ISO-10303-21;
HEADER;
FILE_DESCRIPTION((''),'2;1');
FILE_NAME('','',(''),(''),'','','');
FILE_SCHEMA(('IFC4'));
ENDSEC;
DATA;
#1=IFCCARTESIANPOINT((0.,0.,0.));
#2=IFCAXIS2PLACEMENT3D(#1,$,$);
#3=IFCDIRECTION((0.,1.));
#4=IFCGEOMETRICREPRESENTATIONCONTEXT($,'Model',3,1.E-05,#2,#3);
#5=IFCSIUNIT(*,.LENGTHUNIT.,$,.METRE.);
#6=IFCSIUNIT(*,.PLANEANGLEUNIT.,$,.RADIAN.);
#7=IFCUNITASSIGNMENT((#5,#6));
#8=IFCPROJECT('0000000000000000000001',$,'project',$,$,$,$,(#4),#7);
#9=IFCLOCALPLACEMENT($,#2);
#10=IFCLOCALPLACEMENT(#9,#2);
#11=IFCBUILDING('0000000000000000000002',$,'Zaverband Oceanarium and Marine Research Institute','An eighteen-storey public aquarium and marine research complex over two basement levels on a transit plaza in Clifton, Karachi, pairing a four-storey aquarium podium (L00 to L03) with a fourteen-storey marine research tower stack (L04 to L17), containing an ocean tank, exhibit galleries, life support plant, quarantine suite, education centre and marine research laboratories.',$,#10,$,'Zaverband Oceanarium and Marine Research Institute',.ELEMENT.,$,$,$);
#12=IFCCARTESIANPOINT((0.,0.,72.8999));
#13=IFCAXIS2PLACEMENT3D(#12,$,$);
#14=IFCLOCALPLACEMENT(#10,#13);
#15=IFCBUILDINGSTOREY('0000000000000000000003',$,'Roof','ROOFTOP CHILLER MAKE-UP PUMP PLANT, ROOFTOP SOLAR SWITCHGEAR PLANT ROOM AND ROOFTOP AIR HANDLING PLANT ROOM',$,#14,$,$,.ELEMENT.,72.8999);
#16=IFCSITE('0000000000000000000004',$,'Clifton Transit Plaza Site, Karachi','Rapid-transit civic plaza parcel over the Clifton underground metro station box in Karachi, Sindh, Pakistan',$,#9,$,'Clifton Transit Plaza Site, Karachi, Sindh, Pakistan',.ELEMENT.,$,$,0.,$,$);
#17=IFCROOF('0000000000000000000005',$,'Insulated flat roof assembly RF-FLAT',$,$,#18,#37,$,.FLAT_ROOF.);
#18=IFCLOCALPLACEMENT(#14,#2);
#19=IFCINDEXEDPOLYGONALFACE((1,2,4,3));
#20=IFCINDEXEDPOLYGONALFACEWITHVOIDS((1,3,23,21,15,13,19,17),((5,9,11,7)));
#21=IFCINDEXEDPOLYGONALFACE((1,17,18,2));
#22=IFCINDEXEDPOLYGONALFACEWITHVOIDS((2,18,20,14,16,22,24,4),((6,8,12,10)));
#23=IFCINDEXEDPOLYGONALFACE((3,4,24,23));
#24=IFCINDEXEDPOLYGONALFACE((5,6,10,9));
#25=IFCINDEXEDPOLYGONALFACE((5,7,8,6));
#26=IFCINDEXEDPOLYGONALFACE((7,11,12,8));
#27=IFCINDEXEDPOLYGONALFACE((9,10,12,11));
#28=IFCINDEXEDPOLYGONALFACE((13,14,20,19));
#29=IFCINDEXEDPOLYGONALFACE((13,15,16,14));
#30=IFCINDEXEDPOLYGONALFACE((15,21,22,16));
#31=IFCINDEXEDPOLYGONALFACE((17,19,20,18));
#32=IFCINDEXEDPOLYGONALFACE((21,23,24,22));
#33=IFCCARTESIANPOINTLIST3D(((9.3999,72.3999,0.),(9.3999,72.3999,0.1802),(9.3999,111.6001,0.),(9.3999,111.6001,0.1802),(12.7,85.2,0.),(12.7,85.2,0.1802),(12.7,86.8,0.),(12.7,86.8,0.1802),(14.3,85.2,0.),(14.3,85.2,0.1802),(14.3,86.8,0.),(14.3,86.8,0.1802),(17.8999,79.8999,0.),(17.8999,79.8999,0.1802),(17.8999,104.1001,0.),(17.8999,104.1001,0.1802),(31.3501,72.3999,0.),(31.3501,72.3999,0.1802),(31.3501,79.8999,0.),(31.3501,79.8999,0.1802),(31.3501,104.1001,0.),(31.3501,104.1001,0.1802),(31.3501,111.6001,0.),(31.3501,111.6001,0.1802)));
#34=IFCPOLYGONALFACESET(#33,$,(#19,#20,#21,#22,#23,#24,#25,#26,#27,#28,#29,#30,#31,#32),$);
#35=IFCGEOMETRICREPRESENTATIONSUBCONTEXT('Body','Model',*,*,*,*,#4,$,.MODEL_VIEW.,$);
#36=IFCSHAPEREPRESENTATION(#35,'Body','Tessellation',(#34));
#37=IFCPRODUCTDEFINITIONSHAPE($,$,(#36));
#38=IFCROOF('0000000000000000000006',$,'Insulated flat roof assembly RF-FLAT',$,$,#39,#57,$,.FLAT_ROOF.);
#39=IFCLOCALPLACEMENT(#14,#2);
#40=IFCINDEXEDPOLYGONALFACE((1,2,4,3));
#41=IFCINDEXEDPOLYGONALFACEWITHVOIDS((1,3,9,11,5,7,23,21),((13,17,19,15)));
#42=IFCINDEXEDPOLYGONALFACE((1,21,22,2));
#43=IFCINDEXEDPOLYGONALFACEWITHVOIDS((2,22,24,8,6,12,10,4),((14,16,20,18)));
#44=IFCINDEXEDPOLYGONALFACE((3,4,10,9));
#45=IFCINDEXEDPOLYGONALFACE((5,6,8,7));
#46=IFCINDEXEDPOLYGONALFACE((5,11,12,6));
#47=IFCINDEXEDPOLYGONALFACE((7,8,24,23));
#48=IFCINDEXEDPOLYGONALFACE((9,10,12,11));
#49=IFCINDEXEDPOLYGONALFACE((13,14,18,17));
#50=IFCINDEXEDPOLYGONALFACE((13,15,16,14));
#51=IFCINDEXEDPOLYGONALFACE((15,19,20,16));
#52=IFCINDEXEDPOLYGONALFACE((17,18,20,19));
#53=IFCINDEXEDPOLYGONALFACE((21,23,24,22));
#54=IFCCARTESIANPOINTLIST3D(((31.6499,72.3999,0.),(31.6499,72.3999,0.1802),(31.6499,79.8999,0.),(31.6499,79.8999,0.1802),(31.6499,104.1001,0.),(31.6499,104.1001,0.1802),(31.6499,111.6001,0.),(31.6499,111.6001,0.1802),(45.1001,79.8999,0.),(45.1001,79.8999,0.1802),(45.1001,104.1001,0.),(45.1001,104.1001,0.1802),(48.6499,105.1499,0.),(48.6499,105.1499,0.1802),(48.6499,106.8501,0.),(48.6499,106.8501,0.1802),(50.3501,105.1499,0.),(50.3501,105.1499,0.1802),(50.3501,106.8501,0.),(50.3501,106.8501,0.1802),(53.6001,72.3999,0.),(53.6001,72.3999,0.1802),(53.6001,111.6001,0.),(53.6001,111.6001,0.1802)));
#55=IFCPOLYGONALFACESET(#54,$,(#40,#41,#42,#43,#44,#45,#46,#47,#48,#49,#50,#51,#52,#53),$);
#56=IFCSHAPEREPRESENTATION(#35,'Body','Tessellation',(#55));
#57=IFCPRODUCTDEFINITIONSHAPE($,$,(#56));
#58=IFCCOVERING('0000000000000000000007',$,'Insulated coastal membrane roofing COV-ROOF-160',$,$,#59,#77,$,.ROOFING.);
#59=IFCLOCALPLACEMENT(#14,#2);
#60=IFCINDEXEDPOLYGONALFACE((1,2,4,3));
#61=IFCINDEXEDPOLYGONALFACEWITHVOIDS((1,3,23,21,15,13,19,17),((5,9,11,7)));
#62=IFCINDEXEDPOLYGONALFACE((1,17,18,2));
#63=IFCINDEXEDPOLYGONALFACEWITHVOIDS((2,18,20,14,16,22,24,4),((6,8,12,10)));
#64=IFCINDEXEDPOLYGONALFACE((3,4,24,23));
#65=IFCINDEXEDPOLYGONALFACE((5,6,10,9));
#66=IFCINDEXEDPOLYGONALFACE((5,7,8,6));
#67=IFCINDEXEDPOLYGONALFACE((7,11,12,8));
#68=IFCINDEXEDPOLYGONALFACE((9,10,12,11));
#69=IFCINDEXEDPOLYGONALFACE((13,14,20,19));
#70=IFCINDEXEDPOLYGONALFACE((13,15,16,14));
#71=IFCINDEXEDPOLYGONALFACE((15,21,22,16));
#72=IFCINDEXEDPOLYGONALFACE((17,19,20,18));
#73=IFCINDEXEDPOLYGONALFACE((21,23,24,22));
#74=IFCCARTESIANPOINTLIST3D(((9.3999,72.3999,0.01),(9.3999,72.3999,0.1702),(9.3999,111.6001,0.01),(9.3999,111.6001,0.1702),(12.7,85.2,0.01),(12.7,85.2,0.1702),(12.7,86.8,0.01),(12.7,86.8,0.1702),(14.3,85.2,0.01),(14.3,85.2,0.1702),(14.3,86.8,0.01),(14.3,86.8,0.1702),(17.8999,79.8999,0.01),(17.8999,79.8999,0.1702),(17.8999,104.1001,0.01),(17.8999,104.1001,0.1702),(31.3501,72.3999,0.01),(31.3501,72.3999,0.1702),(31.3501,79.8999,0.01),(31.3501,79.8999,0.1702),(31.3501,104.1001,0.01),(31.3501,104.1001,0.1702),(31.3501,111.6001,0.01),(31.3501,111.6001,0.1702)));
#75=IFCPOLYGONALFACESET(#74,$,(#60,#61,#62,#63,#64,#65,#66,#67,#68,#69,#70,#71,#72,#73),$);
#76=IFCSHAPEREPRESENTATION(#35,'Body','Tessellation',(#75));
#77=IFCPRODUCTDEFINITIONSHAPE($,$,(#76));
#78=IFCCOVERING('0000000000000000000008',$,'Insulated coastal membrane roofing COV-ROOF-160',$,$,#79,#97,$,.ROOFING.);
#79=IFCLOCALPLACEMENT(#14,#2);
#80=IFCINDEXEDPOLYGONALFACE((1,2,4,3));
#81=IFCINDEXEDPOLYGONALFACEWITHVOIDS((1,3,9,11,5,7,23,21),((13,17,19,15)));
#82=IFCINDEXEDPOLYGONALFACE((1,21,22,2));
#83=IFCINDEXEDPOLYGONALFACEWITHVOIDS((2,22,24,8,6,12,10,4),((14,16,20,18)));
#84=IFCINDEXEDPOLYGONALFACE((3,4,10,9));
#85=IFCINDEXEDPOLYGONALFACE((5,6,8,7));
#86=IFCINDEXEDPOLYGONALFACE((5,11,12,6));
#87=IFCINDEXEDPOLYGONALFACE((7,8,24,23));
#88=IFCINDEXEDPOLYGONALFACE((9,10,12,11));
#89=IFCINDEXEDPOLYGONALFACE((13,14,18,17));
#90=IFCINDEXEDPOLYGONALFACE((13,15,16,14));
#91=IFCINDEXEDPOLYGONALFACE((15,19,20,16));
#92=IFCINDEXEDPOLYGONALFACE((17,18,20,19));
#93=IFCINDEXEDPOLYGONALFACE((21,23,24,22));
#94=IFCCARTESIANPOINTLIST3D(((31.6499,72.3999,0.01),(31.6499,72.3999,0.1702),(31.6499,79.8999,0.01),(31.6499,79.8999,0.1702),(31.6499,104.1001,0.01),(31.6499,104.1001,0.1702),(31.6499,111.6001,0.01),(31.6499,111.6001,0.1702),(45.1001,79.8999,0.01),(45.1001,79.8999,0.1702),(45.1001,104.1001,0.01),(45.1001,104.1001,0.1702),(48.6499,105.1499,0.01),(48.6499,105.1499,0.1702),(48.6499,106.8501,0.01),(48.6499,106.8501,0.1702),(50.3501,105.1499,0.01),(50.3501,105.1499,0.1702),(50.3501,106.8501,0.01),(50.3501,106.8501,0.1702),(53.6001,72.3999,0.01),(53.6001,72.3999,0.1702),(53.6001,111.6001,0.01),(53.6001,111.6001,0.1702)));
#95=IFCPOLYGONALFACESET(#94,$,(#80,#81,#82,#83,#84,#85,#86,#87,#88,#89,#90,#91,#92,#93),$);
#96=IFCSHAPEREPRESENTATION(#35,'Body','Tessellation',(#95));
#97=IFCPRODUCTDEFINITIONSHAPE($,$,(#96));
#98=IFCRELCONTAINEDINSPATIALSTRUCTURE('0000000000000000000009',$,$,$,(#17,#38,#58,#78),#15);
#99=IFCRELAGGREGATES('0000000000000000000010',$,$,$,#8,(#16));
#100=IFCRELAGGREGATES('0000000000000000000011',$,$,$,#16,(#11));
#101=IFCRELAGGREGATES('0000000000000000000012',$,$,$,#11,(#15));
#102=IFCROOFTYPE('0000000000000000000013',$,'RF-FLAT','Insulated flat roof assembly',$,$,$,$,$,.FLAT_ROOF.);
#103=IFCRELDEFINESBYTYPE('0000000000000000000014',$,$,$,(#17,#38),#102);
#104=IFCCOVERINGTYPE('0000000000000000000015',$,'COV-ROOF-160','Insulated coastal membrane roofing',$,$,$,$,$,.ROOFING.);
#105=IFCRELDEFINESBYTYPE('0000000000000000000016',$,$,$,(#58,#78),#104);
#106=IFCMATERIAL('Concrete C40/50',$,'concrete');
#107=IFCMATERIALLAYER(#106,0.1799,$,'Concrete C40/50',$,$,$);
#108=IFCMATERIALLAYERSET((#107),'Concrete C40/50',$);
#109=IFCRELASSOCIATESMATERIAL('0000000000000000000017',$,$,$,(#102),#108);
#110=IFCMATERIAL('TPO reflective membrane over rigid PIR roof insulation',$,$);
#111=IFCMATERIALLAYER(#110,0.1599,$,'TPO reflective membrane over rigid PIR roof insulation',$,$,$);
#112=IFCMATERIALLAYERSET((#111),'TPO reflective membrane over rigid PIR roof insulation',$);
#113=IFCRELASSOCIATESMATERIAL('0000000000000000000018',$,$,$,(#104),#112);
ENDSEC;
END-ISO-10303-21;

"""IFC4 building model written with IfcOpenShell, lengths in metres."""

from ifc_helpers import new_model, si_unit, direction, frame, origin, place, context, subcontext, project, spatial, polyline, outline, extrude, material, layer, layer_set, type_object, element, save


model = new_model("IFC4")

# Units and contexts
model_context = context("Model", 3, precision=1e-05, world=origin(), true_north=direction((0.0, 1.0)))
body_context = subcontext(model_context, "Body", "Model", "MODEL_VIEW")
ifc_project = project(units=[si_unit("LENGTHUNIT", "METRE"), si_unit("PLANEANGLEUNIT", "RADIAN")], contexts=[model_context])

# Site, building, storey
site_placement = place(None, origin())
site = spatial("IfcSite", under=ifc_project, at=site_placement, Name="Clifton Transit Plaza Site, Karachi", Description="Rapid-transit civic plaza parcel over the Clifton underground metro station box in Karachi, Sindh, Pakistan", LongName="Clifton Transit Plaza Site, Karachi, Sindh, Pakistan", CompositionType="ELEMENT", RefElevation=0.0)
building_placement = place(site_placement, origin())
building = spatial("IfcBuilding", under=site, at=building_placement, Name="Zaverband Oceanarium and Marine Research Institute", Description="An eighteen-storey public aquarium and marine research complex over two basement levels on a transit plaza in Clifton, Karachi, pairing a four-storey aquarium podium (L00 to L03) with a fourteen-storey marine research tower stack (L04 to L17), containing an ocean tank, exhibit galleries, life support plant, quarantine suite, education centre and marine research laboratories.", LongName="Zaverband Oceanarium and Marine Research Institute", CompositionType="ELEMENT")
storey_placement = place(building_placement, frame((0.0, 0.0, 72.8999)))
storey = spatial("IfcBuildingStorey", under=building, at=storey_placement, Name="Roof", Description="ROOFTOP CHILLER MAKE-UP PUMP PLANT, ROOFTOP SOLAR SWITCHGEAR PLANT ROOM AND ROOFTOP AIR HANDLING PLANT ROOM", CompositionType="ELEMENT", Elevation=72.8999)

# Shared definitions
ifc_material_1 = material(Name="Concrete C40/50", Category="concrete")

# Roofs
ifc_layer_1 = layer(ifc_material_1, 0.1799, Name="Concrete C40/50")
ifc_layer_set_1 = layer_set([ifc_layer_1], Name="Concrete C40/50")
roof_type = type_object("IfcRoofType", Name="RF-FLAT", Description="Insulated flat roof assembly", PredefinedType="FLAT_ROOF", material=ifc_layer_set_1)
roof_1_placement = place(storey_placement, origin())
element("IfcRoof", 1, at=roof_1_placement, inside=storey, type_object=roof_type, Name="Insulated flat roof assembly RF-FLAT", PredefinedType="FLAT_ROOF", context=body_context, shape_type="SweptSolid", body=[
    extrude(outline(polyline([(31.3501, 72.3999), (9.3999, 72.3999), (9.3999, 111.6001), (31.3501, 111.6001), (31.3501, 104.1001), (17.8999, 104.1001), (17.8999, 79.8999), (31.3501, 79.8999), (31.3501, 72.3999)]), holes=[polyline([(12.7, 85.2), (14.3, 85.2), (14.3, 86.8), (12.7, 86.8), (12.7, 85.2)])]), origin(), (0.0, 0.0, 1.0), 0.1802),
])
roof_2_placement = place(storey_placement, origin())
element("IfcRoof", 2, at=roof_2_placement, inside=storey, type_object=roof_type, Name="Insulated flat roof assembly RF-FLAT", PredefinedType="FLAT_ROOF", context=body_context, shape_type="SweptSolid", body=[
    extrude(outline(polyline([(31.6499, 111.6001), (53.6001, 111.6001), (53.6001, 72.3999), (31.6499, 72.3999), (31.6499, 79.8999), (45.1001, 79.8999), (45.1001, 104.1001), (31.6499, 104.1001), (31.6499, 111.6001)]), holes=[polyline([(48.6499, 106.8501), (48.6499, 105.1499), (50.3501, 105.1499), (50.3501, 106.8501), (48.6499, 106.8501)])]), origin(), (0.0, 0.0, 1.0), 0.1802),
])

# Coverings
ifc_material_2 = material(Name="TPO reflective membrane over rigid PIR roof insulation")
ifc_layer_2 = layer(ifc_material_2, 0.1599, Name="TPO reflective membrane over rigid PIR roof insulation")
ifc_layer_set_2 = layer_set([ifc_layer_2], Name="TPO reflective membrane over rigid PIR roof insulation")
covering_type = type_object("IfcCoveringType", Name="COV-ROOF-160", Description="Insulated coastal membrane roofing", PredefinedType="ROOFING", material=ifc_layer_set_2)
covering_1_placement = place(storey_placement, frame((0.0, 0.0, 0.01)))
element("IfcCovering", 3, at=covering_1_placement, inside=storey, type_object=covering_type, Name="Insulated coastal membrane roofing COV-ROOF-160", PredefinedType="ROOFING", context=body_context, shape_type="SweptSolid", body=[
    extrude(outline(polyline([(31.3501, 72.3999), (9.3999, 72.3999), (9.3999, 111.6001), (31.3501, 111.6001), (31.3501, 104.1001), (17.8999, 104.1001), (17.8999, 79.8999), (31.3501, 79.8999), (31.3501, 72.3999)]), holes=[polyline([(12.7, 85.2), (14.3, 85.2), (14.3, 86.8), (12.7, 86.8), (12.7, 85.2)])]), origin(), (0.0, 0.0, 1.0), 0.1602),
])
covering_2_placement = place(storey_placement, frame((0.0, 0.0, 0.01)))
element("IfcCovering", 4, at=covering_2_placement, inside=storey, type_object=covering_type, Name="Insulated coastal membrane roofing COV-ROOF-160", PredefinedType="ROOFING", context=body_context, shape_type="SweptSolid", body=[
    extrude(outline(polyline([(31.6499, 111.6001), (53.6001, 111.6001), (53.6001, 72.3999), (31.6499, 72.3999), (31.6499, 79.8999), (45.1001, 79.8999), (45.1001, 104.1001), (31.6499, 104.1001), (31.6499, 111.6001)]), holes=[polyline([(48.6499, 106.8501), (48.6499, 105.1499), (50.3501, 105.1499), (50.3501, 106.8501), (48.6499, 106.8501)])]), origin(), (0.0, 0.0, 1.0), 0.1602),
])

save(model, "model.ifc")
